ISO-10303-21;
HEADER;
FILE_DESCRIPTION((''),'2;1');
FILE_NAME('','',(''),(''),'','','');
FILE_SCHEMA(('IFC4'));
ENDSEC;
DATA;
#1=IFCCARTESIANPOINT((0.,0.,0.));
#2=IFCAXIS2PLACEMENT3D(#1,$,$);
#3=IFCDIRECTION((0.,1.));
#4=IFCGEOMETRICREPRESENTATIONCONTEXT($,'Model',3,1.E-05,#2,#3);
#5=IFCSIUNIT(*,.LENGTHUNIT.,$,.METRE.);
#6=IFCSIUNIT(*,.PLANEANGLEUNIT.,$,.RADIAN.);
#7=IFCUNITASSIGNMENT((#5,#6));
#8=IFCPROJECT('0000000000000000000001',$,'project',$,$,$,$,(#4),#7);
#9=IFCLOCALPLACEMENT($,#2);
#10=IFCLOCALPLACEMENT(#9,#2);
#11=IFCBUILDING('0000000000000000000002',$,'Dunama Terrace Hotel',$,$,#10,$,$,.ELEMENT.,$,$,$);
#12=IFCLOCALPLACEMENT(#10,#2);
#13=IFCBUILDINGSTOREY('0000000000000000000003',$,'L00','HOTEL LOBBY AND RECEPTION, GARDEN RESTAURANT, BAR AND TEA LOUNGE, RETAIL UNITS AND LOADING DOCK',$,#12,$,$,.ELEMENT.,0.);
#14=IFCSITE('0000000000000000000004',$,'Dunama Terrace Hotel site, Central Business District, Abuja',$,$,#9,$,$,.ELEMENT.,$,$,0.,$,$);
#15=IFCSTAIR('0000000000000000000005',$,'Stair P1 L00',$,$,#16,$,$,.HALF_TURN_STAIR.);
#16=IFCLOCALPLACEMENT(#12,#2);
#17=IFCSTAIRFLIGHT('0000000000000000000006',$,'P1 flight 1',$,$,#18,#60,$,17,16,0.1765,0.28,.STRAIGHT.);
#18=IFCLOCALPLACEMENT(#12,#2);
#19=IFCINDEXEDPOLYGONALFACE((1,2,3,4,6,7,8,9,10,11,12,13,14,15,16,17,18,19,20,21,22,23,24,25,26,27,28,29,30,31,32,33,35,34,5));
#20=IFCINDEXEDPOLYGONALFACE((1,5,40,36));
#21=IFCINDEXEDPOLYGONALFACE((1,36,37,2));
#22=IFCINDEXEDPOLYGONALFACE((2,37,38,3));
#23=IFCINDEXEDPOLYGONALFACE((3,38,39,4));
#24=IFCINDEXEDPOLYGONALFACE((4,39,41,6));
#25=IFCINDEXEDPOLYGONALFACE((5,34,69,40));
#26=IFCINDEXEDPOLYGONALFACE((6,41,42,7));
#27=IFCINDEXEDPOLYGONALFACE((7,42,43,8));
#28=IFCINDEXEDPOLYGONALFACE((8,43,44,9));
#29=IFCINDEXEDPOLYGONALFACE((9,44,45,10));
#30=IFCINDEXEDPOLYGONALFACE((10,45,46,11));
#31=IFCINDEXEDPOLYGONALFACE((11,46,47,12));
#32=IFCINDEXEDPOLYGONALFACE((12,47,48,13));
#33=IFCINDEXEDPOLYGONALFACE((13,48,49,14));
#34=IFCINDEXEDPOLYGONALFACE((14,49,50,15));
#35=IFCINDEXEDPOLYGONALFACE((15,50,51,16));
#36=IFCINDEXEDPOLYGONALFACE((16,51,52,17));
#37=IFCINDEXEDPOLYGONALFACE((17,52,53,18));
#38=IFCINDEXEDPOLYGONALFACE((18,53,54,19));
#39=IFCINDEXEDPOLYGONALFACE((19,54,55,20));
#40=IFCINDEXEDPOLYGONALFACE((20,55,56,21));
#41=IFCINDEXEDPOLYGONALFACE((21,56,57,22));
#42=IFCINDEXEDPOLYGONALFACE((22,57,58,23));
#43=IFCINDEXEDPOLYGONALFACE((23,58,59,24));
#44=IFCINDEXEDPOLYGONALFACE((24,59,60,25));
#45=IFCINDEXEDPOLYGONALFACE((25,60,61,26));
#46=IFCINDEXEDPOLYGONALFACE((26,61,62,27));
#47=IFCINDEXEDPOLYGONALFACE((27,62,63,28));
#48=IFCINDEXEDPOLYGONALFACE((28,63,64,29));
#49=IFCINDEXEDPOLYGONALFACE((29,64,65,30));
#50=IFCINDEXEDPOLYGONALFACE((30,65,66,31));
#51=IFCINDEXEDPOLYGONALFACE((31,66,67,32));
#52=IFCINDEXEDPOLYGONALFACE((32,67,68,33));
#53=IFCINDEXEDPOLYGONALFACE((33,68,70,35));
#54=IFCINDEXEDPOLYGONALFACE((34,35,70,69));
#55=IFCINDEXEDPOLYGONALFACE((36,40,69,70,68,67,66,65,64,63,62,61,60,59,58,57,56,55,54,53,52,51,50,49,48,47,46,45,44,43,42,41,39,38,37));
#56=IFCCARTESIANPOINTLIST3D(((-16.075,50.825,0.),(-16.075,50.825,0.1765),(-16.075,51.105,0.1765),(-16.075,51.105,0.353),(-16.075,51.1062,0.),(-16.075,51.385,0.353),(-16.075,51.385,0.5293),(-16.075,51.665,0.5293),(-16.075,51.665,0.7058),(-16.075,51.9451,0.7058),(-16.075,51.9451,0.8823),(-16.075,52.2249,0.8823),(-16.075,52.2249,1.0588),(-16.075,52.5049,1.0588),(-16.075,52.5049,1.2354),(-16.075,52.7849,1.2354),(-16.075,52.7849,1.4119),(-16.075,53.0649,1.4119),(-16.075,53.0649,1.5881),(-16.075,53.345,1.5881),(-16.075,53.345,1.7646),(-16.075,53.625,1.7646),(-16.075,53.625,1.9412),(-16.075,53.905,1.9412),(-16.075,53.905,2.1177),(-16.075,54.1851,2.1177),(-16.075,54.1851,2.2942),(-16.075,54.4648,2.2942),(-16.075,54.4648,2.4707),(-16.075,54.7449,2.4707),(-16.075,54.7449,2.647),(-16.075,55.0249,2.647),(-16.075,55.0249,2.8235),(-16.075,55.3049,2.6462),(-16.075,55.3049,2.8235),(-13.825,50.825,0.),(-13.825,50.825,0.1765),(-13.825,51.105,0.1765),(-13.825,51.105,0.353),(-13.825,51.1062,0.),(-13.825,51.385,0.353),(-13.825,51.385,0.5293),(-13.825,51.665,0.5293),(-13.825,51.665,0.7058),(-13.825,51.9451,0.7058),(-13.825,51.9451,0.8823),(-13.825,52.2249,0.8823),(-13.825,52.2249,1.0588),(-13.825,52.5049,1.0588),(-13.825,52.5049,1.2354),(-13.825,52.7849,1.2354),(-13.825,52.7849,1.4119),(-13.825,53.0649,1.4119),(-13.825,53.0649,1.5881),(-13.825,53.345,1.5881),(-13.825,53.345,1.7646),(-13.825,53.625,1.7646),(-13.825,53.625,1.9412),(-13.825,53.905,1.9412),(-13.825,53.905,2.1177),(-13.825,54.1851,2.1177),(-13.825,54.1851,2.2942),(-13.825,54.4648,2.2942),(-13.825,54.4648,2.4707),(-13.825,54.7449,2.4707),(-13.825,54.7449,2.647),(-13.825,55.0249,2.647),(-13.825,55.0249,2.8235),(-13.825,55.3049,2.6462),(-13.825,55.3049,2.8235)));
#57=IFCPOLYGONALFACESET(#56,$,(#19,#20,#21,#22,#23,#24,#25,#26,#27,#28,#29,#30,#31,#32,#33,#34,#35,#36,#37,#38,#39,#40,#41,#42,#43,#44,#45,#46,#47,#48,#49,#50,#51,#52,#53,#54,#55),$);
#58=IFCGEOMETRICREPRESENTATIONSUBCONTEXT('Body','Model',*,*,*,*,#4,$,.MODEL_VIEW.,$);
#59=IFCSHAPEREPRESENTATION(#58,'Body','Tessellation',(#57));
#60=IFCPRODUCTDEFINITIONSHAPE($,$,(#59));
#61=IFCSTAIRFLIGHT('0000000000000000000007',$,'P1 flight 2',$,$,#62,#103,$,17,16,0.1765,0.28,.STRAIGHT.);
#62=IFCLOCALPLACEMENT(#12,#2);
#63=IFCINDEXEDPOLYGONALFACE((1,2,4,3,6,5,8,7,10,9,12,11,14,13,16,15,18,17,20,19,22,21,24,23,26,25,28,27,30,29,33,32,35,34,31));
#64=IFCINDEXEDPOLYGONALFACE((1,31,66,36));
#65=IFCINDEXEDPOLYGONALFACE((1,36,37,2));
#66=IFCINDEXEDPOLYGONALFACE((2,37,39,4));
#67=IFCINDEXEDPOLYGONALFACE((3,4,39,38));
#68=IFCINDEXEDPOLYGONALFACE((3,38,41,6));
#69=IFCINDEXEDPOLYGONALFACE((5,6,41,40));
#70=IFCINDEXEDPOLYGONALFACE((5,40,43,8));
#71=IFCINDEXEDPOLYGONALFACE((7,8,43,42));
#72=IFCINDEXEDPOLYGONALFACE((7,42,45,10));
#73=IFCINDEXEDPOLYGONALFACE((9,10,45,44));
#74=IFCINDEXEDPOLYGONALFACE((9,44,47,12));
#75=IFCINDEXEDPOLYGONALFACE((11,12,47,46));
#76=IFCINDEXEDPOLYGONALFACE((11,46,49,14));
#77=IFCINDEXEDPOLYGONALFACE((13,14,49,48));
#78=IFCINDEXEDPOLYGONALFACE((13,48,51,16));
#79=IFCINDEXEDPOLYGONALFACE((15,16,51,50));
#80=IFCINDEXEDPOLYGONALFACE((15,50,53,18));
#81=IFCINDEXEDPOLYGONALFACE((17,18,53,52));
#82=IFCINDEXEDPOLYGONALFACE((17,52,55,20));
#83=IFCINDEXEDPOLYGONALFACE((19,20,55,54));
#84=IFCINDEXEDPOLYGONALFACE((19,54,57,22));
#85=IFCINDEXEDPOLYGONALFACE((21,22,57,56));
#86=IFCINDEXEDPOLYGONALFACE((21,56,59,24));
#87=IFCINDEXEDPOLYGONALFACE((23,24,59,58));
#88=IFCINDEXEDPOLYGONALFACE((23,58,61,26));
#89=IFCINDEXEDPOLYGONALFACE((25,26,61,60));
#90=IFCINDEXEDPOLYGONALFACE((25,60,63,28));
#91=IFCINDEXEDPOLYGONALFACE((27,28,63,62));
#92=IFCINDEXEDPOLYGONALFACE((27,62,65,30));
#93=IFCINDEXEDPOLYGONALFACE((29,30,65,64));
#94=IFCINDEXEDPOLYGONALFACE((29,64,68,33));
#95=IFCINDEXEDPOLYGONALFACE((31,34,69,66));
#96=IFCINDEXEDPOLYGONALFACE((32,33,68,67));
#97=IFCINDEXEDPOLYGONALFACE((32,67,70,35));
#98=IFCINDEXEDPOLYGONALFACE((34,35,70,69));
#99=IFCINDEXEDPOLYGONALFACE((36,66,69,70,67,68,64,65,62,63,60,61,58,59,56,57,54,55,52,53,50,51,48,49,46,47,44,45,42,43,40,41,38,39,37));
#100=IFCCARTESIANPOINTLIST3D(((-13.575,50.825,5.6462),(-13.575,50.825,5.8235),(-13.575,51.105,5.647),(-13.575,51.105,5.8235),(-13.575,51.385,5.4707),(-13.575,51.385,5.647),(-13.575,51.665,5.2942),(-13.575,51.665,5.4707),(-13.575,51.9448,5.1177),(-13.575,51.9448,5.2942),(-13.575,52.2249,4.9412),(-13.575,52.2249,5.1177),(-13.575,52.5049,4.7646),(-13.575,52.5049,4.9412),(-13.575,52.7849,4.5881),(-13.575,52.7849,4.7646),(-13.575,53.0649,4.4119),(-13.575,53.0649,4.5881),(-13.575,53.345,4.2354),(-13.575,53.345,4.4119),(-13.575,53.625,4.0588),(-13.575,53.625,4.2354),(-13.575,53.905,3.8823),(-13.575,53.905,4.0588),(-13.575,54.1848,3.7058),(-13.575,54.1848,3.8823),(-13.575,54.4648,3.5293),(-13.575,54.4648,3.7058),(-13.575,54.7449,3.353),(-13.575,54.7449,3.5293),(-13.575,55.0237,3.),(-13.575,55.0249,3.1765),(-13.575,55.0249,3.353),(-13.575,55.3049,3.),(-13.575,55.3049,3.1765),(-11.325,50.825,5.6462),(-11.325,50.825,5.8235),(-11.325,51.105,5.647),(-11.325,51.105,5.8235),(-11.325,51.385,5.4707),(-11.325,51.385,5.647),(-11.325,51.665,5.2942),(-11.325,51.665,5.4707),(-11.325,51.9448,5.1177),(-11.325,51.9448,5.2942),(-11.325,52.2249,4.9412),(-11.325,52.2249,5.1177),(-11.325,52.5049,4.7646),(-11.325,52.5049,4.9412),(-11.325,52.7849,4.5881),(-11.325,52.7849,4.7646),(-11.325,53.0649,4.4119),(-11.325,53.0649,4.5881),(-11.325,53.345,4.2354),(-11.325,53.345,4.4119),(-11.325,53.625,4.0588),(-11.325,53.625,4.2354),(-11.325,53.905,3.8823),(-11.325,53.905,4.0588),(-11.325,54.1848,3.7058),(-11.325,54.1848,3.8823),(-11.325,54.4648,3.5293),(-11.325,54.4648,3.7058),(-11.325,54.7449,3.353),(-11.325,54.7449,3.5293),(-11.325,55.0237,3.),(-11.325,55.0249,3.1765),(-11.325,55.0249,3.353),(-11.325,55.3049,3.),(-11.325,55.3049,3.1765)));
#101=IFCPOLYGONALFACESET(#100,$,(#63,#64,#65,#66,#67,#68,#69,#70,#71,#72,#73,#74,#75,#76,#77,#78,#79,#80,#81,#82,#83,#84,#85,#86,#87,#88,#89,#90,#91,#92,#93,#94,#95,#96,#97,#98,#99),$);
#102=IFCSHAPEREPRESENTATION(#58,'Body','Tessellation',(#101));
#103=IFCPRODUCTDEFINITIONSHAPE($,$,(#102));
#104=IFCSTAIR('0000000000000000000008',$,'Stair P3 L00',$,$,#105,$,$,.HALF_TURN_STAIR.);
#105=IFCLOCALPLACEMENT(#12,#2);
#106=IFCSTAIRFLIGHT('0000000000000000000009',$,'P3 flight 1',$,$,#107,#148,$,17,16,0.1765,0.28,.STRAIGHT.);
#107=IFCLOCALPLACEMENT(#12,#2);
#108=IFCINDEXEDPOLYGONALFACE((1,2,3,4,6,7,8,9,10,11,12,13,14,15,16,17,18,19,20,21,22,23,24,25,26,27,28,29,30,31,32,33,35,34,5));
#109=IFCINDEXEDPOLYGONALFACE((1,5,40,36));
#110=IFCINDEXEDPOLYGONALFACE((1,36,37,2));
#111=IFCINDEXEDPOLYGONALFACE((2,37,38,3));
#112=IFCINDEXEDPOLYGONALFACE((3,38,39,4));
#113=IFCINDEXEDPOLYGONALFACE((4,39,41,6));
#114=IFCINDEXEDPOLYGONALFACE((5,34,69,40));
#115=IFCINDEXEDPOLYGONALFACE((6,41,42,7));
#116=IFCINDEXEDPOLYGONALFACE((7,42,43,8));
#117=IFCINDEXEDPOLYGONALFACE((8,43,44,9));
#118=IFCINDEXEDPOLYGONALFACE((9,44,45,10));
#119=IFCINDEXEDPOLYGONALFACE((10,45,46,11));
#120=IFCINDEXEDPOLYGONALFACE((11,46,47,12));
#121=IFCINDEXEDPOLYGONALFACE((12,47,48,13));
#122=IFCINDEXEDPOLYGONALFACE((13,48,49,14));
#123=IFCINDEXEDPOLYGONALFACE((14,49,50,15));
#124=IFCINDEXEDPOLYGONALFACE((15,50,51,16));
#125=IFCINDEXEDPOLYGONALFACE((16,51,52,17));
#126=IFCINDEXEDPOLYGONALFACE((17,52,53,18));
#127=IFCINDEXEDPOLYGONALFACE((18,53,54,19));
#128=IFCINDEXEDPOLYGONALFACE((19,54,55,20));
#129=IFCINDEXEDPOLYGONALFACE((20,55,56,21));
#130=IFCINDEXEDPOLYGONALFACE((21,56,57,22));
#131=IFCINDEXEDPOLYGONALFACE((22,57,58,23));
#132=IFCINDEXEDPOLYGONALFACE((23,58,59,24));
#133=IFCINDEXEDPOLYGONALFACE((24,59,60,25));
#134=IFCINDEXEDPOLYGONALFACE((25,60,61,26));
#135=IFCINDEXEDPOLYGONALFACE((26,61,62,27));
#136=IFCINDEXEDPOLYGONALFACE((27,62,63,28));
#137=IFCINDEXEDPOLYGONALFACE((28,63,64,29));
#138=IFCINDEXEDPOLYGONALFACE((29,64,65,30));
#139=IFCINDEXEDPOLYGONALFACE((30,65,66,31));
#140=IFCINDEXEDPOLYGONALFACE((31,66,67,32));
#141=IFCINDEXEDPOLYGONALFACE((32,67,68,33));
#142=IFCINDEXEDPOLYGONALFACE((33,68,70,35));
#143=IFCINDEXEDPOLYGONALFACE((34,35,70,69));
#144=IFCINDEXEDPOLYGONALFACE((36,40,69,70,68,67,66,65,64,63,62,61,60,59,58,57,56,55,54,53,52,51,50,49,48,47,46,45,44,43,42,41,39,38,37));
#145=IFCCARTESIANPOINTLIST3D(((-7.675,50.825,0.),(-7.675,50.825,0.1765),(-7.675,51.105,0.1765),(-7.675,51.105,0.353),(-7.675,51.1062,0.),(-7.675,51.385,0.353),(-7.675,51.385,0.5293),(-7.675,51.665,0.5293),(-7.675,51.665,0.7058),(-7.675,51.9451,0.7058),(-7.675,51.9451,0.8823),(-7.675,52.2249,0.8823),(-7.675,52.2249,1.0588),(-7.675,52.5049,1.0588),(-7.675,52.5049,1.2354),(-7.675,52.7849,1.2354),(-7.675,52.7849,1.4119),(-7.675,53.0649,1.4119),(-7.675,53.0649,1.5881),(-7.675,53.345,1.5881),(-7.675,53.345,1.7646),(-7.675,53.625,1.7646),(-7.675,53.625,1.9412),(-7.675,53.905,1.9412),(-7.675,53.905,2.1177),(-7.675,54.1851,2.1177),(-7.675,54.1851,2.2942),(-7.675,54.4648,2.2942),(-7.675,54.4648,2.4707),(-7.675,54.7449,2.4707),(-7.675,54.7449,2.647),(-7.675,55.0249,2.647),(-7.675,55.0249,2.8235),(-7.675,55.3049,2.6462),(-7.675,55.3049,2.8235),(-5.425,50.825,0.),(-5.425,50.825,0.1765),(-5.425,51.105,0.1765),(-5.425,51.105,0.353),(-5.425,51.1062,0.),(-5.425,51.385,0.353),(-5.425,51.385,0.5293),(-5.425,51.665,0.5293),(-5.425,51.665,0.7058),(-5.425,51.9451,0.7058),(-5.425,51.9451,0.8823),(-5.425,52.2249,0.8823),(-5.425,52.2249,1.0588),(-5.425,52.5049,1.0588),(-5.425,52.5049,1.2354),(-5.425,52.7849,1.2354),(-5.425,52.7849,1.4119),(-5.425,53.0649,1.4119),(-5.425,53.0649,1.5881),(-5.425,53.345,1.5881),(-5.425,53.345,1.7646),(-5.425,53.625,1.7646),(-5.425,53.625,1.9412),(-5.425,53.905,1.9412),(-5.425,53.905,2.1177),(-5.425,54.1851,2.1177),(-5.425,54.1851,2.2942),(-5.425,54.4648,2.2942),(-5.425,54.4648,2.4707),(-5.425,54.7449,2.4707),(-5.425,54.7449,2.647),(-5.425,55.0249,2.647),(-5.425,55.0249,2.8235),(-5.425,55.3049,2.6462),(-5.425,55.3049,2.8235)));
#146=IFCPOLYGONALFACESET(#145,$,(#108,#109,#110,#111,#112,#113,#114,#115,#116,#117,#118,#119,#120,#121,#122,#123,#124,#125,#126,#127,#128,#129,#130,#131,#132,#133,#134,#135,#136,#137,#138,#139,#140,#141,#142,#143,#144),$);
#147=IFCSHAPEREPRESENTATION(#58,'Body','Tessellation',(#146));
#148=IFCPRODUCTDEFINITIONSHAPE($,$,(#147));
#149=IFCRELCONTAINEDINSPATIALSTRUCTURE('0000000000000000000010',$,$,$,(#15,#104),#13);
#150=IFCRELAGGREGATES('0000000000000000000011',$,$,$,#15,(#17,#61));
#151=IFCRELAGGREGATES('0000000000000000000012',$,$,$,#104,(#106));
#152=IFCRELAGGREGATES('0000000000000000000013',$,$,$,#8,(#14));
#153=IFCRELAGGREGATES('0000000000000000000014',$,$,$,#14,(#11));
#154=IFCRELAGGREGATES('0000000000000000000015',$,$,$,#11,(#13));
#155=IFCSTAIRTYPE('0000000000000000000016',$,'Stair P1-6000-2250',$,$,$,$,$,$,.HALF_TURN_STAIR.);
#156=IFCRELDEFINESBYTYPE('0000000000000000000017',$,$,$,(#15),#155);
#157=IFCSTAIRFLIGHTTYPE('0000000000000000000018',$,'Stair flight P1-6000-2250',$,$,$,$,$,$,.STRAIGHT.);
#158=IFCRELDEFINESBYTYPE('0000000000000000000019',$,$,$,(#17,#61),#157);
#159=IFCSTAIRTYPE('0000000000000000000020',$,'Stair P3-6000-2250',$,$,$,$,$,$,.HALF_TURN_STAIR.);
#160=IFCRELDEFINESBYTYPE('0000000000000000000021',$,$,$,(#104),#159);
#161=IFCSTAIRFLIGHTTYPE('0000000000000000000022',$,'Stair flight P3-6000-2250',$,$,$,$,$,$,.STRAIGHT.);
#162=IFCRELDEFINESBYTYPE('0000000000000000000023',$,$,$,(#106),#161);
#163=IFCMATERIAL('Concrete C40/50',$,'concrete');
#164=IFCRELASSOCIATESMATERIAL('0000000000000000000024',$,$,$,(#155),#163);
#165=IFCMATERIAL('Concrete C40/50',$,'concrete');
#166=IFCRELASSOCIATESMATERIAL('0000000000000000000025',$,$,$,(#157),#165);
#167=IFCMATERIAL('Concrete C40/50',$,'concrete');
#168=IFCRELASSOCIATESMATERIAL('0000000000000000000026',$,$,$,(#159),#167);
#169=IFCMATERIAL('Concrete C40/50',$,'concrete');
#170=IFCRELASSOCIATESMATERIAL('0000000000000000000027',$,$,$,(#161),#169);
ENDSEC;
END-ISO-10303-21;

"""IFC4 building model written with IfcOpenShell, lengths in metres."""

from ifc_helpers import new_model, si_unit, direction, frame, origin, place, context, subcontext, project, spatial, polyline, outline, extrude, material, type_object, element, aggregate, save


model = new_model("IFC4")

# Units and contexts
model_context = context("Model", 3, precision=1e-05, world=origin(), true_north=direction((0.0, 1.0)))
body_context = subcontext(model_context, "Body", "Model", "MODEL_VIEW")
ifc_project = project(units=[si_unit("LENGTHUNIT", "METRE"), si_unit("PLANEANGLEUNIT", "RADIAN")], contexts=[model_context])

# Site, building, storey
site_placement = place(None, origin())
site = spatial("IfcSite", under=ifc_project, at=site_placement, Name="Dunama Terrace Hotel site, Central Business District, Abuja", CompositionType="ELEMENT", RefElevation=0.0)
building_placement = place(site_placement, origin())
building = spatial("IfcBuilding", under=site, at=building_placement, Name="Dunama Terrace Hotel", CompositionType="ELEMENT")
storey_placement = place(building_placement, origin())
storey = spatial("IfcBuildingStorey", under=building, at=storey_placement, Name="L00", Description="HOTEL LOBBY AND RECEPTION, GARDEN RESTAURANT, BAR AND TEA LOUNGE, RETAIL UNITS AND LOADING DOCK", CompositionType="ELEMENT", Elevation=0.0)

# Stairs, stair flights
ifc_material_1 = material(Name="Concrete C40/50", Category="concrete")
stair_type_1 = type_object("IfcStairType", Name="Stair P1-6000-2250", PredefinedType="HALF_TURN_STAIR", material=ifc_material_1)
stair_1_placement = place(storey_placement, origin())
stair_1 = element("IfcStair", 1, at=stair_1_placement, inside=storey, type_object=stair_type_1, Name="Stair P1 L00", PredefinedType="HALF_TURN_STAIR")
ifc_material_2 = material(Name="Concrete C40/50", Category="concrete")
stair_flight_type_1 = type_object("IfcStairFlightType", Name="Stair flight P1-6000-2250", PredefinedType="STRAIGHT", material=ifc_material_2)
stair_flight_1_placement = place(storey_placement, frame((-14.95, 50.825, 0.0), z_axis=(0.0, 0.0, 1.0), x_axis=(0.0, 1.0, 0.0)))
stair_flight_1 = element("IfcStairFlight", 2, at=stair_flight_1_placement, type_object=stair_flight_type_1, Name="P1 flight 1", NumberOfRisers=17, NumberOfTreads=16, PredefinedType="STRAIGHT", RiserHeight=0.1765, TreadLength=0.28, context=body_context, shape_type="SweptSolid", body=[
    extrude(outline(polyline([(0.0, 0.0), (0.0, 0.1765), (0.28, 0.1765), (0.28, 0.353), (0.5601, 0.353), (0.5601, 0.5293), (0.8401, 0.5293), (0.8401, 0.7058), (1.1201, 0.7058), (1.1201, 0.8823), (1.3999, 0.8823), (1.3999, 1.0588), (1.6799, 1.0588), (1.6799, 1.2354), (1.96, 1.2354), (1.96, 1.4119), (2.24, 1.4119), (2.24, 1.5881), (2.52, 1.5881), (2.52, 1.7646), (2.8, 1.7646), (2.8, 1.9412), (3.0801, 1.9412), (3.0801, 2.1177), (3.3601, 2.1177), (3.3601, 2.2942), (3.6399, 2.2942), (3.6399, 2.4707), (3.9199, 2.4707), (3.9199, 2.647), (4.2, 2.647), (4.2, 2.8235), (4.48, 2.8235), (4.48, 3.0), (4.48, 2.6462), (0.2812, 0.0), (0.0, 0.0)])), frame((0.0, 1.125, 0.0), z_axis=(0.0, -1.0, 0.0), x_axis=(1.0, 0.0, 0.0)), (0.0, 0.0, 1.0), 2.25),
])
stair_flight_2_placement = place(storey_placement, frame((-12.45, 55.3049, 3.0), z_axis=(0.0, 0.0, 1.0), x_axis=(0.0, -1.0, 0.0)))
stair_flight_2 = element("IfcStairFlight", 3, at=stair_flight_2_placement, type_object=stair_flight_type_1, Name="P1 flight 2", NumberOfRisers=17, NumberOfTreads=16, PredefinedType="STRAIGHT", RiserHeight=0.1765, TreadLength=0.28, context=body_context, shape_type="SweptSolid", body=[
    extrude(outline(polyline([(0.0, 0.0), (0.0, 0.1765), (0.28, 0.1765), (0.28, 0.353), (0.5601, 0.353), (0.5601, 0.5293), (0.8401, 0.5293), (0.8401, 0.7058), (1.1201, 0.7058), (1.1201, 0.8823), (1.3999, 0.8823), (1.3999, 1.0588), (1.6799, 1.0588), (1.6799, 1.2354), (1.96, 1.2354), (1.96, 1.4119), (2.24, 1.4119), (2.24, 1.5881), (2.52, 1.5881), (2.52, 1.7646), (2.8, 1.7646), (2.8, 1.9412), (3.0801, 1.9412), (3.0801, 2.1177), (3.3601, 2.1177), (3.3601, 2.2942), (3.6399, 2.2942), (3.6399, 2.4707), (3.9199, 2.4707), (3.9199, 2.647), (4.2, 2.647), (4.2, 2.8235), (4.48, 2.8235), (4.48, 3.0), (4.48, 2.6462), (0.2812, 0.0), (0.0, 0.0)])), frame((0.0, 1.125, 0.0), z_axis=(0.0, -1.0, 0.0), x_axis=(1.0, 0.0, 0.0)), (0.0, 0.0, 1.0), 2.25),
])
aggregate(stair_1, [stair_flight_1, stair_flight_2])
ifc_material_3 = material(Name="Concrete C40/50", Category="concrete")
stair_type_2 = type_object("IfcStairType", Name="Stair P3-6000-2250", PredefinedType="HALF_TURN_STAIR", material=ifc_material_3)
stair_2_placement = place(storey_placement, origin())
stair_2 = element("IfcStair", 4, at=stair_2_placement, inside=storey, type_object=stair_type_2, Name="Stair P3 L00", PredefinedType="HALF_TURN_STAIR")
ifc_material_4 = material(Name="Concrete C40/50", Category="concrete")
stair_flight_type_2 = type_object("IfcStairFlightType", Name="Stair flight P3-6000-2250", PredefinedType="STRAIGHT", material=ifc_material_4)
stair_flight_3_placement = place(storey_placement, frame((-6.55, 50.825, 0.0), z_axis=(0.0, 0.0, 1.0), x_axis=(0.0, 1.0, 0.0)))
stair_flight_3 = element("IfcStairFlight", 5, at=stair_flight_3_placement, type_object=stair_flight_type_2, Name="P3 flight 1", NumberOfRisers=17, NumberOfTreads=16, PredefinedType="STRAIGHT", RiserHeight=0.1765, TreadLength=0.28, context=body_context, shape_type="SweptSolid", body=[
    extrude(outline(polyline([(0.0, 0.0), (0.0, 0.1765), (0.28, 0.1765), (0.28, 0.353), (0.5601, 0.353), (0.5601, 0.5293), (0.8401, 0.5293), (0.8401, 0.7058), (1.1201, 0.7058), (1.1201, 0.8823), (1.3999, 0.8823), (1.3999, 1.0588), (1.6799, 1.0588), (1.6799, 1.2354), (1.96, 1.2354), (1.96, 1.4119), (2.24, 1.4119), (2.24, 1.5881), (2.52, 1.5881), (2.52, 1.7646), (2.8, 1.7646), (2.8, 1.9412), (3.0801, 1.9412), (3.0801, 2.1177), (3.3601, 2.1177), (3.3601, 2.2942), (3.6399, 2.2942), (3.6399, 2.4707), (3.9199, 2.4707), (3.9199, 2.647), (4.2, 2.647), (4.2, 2.8235), (4.48, 2.8235), (4.48, 3.0), (4.48, 2.6462), (0.2812, 0.0), (0.0, 0.0)])), frame((0.0, 1.125, 0.0), z_axis=(0.0, -1.0, 0.0), x_axis=(1.0, 0.0, 0.0)), (0.0, 0.0, 1.0), 2.25),
])
aggregate(stair_2, [stair_flight_3])

save(model, "model.ifc")
